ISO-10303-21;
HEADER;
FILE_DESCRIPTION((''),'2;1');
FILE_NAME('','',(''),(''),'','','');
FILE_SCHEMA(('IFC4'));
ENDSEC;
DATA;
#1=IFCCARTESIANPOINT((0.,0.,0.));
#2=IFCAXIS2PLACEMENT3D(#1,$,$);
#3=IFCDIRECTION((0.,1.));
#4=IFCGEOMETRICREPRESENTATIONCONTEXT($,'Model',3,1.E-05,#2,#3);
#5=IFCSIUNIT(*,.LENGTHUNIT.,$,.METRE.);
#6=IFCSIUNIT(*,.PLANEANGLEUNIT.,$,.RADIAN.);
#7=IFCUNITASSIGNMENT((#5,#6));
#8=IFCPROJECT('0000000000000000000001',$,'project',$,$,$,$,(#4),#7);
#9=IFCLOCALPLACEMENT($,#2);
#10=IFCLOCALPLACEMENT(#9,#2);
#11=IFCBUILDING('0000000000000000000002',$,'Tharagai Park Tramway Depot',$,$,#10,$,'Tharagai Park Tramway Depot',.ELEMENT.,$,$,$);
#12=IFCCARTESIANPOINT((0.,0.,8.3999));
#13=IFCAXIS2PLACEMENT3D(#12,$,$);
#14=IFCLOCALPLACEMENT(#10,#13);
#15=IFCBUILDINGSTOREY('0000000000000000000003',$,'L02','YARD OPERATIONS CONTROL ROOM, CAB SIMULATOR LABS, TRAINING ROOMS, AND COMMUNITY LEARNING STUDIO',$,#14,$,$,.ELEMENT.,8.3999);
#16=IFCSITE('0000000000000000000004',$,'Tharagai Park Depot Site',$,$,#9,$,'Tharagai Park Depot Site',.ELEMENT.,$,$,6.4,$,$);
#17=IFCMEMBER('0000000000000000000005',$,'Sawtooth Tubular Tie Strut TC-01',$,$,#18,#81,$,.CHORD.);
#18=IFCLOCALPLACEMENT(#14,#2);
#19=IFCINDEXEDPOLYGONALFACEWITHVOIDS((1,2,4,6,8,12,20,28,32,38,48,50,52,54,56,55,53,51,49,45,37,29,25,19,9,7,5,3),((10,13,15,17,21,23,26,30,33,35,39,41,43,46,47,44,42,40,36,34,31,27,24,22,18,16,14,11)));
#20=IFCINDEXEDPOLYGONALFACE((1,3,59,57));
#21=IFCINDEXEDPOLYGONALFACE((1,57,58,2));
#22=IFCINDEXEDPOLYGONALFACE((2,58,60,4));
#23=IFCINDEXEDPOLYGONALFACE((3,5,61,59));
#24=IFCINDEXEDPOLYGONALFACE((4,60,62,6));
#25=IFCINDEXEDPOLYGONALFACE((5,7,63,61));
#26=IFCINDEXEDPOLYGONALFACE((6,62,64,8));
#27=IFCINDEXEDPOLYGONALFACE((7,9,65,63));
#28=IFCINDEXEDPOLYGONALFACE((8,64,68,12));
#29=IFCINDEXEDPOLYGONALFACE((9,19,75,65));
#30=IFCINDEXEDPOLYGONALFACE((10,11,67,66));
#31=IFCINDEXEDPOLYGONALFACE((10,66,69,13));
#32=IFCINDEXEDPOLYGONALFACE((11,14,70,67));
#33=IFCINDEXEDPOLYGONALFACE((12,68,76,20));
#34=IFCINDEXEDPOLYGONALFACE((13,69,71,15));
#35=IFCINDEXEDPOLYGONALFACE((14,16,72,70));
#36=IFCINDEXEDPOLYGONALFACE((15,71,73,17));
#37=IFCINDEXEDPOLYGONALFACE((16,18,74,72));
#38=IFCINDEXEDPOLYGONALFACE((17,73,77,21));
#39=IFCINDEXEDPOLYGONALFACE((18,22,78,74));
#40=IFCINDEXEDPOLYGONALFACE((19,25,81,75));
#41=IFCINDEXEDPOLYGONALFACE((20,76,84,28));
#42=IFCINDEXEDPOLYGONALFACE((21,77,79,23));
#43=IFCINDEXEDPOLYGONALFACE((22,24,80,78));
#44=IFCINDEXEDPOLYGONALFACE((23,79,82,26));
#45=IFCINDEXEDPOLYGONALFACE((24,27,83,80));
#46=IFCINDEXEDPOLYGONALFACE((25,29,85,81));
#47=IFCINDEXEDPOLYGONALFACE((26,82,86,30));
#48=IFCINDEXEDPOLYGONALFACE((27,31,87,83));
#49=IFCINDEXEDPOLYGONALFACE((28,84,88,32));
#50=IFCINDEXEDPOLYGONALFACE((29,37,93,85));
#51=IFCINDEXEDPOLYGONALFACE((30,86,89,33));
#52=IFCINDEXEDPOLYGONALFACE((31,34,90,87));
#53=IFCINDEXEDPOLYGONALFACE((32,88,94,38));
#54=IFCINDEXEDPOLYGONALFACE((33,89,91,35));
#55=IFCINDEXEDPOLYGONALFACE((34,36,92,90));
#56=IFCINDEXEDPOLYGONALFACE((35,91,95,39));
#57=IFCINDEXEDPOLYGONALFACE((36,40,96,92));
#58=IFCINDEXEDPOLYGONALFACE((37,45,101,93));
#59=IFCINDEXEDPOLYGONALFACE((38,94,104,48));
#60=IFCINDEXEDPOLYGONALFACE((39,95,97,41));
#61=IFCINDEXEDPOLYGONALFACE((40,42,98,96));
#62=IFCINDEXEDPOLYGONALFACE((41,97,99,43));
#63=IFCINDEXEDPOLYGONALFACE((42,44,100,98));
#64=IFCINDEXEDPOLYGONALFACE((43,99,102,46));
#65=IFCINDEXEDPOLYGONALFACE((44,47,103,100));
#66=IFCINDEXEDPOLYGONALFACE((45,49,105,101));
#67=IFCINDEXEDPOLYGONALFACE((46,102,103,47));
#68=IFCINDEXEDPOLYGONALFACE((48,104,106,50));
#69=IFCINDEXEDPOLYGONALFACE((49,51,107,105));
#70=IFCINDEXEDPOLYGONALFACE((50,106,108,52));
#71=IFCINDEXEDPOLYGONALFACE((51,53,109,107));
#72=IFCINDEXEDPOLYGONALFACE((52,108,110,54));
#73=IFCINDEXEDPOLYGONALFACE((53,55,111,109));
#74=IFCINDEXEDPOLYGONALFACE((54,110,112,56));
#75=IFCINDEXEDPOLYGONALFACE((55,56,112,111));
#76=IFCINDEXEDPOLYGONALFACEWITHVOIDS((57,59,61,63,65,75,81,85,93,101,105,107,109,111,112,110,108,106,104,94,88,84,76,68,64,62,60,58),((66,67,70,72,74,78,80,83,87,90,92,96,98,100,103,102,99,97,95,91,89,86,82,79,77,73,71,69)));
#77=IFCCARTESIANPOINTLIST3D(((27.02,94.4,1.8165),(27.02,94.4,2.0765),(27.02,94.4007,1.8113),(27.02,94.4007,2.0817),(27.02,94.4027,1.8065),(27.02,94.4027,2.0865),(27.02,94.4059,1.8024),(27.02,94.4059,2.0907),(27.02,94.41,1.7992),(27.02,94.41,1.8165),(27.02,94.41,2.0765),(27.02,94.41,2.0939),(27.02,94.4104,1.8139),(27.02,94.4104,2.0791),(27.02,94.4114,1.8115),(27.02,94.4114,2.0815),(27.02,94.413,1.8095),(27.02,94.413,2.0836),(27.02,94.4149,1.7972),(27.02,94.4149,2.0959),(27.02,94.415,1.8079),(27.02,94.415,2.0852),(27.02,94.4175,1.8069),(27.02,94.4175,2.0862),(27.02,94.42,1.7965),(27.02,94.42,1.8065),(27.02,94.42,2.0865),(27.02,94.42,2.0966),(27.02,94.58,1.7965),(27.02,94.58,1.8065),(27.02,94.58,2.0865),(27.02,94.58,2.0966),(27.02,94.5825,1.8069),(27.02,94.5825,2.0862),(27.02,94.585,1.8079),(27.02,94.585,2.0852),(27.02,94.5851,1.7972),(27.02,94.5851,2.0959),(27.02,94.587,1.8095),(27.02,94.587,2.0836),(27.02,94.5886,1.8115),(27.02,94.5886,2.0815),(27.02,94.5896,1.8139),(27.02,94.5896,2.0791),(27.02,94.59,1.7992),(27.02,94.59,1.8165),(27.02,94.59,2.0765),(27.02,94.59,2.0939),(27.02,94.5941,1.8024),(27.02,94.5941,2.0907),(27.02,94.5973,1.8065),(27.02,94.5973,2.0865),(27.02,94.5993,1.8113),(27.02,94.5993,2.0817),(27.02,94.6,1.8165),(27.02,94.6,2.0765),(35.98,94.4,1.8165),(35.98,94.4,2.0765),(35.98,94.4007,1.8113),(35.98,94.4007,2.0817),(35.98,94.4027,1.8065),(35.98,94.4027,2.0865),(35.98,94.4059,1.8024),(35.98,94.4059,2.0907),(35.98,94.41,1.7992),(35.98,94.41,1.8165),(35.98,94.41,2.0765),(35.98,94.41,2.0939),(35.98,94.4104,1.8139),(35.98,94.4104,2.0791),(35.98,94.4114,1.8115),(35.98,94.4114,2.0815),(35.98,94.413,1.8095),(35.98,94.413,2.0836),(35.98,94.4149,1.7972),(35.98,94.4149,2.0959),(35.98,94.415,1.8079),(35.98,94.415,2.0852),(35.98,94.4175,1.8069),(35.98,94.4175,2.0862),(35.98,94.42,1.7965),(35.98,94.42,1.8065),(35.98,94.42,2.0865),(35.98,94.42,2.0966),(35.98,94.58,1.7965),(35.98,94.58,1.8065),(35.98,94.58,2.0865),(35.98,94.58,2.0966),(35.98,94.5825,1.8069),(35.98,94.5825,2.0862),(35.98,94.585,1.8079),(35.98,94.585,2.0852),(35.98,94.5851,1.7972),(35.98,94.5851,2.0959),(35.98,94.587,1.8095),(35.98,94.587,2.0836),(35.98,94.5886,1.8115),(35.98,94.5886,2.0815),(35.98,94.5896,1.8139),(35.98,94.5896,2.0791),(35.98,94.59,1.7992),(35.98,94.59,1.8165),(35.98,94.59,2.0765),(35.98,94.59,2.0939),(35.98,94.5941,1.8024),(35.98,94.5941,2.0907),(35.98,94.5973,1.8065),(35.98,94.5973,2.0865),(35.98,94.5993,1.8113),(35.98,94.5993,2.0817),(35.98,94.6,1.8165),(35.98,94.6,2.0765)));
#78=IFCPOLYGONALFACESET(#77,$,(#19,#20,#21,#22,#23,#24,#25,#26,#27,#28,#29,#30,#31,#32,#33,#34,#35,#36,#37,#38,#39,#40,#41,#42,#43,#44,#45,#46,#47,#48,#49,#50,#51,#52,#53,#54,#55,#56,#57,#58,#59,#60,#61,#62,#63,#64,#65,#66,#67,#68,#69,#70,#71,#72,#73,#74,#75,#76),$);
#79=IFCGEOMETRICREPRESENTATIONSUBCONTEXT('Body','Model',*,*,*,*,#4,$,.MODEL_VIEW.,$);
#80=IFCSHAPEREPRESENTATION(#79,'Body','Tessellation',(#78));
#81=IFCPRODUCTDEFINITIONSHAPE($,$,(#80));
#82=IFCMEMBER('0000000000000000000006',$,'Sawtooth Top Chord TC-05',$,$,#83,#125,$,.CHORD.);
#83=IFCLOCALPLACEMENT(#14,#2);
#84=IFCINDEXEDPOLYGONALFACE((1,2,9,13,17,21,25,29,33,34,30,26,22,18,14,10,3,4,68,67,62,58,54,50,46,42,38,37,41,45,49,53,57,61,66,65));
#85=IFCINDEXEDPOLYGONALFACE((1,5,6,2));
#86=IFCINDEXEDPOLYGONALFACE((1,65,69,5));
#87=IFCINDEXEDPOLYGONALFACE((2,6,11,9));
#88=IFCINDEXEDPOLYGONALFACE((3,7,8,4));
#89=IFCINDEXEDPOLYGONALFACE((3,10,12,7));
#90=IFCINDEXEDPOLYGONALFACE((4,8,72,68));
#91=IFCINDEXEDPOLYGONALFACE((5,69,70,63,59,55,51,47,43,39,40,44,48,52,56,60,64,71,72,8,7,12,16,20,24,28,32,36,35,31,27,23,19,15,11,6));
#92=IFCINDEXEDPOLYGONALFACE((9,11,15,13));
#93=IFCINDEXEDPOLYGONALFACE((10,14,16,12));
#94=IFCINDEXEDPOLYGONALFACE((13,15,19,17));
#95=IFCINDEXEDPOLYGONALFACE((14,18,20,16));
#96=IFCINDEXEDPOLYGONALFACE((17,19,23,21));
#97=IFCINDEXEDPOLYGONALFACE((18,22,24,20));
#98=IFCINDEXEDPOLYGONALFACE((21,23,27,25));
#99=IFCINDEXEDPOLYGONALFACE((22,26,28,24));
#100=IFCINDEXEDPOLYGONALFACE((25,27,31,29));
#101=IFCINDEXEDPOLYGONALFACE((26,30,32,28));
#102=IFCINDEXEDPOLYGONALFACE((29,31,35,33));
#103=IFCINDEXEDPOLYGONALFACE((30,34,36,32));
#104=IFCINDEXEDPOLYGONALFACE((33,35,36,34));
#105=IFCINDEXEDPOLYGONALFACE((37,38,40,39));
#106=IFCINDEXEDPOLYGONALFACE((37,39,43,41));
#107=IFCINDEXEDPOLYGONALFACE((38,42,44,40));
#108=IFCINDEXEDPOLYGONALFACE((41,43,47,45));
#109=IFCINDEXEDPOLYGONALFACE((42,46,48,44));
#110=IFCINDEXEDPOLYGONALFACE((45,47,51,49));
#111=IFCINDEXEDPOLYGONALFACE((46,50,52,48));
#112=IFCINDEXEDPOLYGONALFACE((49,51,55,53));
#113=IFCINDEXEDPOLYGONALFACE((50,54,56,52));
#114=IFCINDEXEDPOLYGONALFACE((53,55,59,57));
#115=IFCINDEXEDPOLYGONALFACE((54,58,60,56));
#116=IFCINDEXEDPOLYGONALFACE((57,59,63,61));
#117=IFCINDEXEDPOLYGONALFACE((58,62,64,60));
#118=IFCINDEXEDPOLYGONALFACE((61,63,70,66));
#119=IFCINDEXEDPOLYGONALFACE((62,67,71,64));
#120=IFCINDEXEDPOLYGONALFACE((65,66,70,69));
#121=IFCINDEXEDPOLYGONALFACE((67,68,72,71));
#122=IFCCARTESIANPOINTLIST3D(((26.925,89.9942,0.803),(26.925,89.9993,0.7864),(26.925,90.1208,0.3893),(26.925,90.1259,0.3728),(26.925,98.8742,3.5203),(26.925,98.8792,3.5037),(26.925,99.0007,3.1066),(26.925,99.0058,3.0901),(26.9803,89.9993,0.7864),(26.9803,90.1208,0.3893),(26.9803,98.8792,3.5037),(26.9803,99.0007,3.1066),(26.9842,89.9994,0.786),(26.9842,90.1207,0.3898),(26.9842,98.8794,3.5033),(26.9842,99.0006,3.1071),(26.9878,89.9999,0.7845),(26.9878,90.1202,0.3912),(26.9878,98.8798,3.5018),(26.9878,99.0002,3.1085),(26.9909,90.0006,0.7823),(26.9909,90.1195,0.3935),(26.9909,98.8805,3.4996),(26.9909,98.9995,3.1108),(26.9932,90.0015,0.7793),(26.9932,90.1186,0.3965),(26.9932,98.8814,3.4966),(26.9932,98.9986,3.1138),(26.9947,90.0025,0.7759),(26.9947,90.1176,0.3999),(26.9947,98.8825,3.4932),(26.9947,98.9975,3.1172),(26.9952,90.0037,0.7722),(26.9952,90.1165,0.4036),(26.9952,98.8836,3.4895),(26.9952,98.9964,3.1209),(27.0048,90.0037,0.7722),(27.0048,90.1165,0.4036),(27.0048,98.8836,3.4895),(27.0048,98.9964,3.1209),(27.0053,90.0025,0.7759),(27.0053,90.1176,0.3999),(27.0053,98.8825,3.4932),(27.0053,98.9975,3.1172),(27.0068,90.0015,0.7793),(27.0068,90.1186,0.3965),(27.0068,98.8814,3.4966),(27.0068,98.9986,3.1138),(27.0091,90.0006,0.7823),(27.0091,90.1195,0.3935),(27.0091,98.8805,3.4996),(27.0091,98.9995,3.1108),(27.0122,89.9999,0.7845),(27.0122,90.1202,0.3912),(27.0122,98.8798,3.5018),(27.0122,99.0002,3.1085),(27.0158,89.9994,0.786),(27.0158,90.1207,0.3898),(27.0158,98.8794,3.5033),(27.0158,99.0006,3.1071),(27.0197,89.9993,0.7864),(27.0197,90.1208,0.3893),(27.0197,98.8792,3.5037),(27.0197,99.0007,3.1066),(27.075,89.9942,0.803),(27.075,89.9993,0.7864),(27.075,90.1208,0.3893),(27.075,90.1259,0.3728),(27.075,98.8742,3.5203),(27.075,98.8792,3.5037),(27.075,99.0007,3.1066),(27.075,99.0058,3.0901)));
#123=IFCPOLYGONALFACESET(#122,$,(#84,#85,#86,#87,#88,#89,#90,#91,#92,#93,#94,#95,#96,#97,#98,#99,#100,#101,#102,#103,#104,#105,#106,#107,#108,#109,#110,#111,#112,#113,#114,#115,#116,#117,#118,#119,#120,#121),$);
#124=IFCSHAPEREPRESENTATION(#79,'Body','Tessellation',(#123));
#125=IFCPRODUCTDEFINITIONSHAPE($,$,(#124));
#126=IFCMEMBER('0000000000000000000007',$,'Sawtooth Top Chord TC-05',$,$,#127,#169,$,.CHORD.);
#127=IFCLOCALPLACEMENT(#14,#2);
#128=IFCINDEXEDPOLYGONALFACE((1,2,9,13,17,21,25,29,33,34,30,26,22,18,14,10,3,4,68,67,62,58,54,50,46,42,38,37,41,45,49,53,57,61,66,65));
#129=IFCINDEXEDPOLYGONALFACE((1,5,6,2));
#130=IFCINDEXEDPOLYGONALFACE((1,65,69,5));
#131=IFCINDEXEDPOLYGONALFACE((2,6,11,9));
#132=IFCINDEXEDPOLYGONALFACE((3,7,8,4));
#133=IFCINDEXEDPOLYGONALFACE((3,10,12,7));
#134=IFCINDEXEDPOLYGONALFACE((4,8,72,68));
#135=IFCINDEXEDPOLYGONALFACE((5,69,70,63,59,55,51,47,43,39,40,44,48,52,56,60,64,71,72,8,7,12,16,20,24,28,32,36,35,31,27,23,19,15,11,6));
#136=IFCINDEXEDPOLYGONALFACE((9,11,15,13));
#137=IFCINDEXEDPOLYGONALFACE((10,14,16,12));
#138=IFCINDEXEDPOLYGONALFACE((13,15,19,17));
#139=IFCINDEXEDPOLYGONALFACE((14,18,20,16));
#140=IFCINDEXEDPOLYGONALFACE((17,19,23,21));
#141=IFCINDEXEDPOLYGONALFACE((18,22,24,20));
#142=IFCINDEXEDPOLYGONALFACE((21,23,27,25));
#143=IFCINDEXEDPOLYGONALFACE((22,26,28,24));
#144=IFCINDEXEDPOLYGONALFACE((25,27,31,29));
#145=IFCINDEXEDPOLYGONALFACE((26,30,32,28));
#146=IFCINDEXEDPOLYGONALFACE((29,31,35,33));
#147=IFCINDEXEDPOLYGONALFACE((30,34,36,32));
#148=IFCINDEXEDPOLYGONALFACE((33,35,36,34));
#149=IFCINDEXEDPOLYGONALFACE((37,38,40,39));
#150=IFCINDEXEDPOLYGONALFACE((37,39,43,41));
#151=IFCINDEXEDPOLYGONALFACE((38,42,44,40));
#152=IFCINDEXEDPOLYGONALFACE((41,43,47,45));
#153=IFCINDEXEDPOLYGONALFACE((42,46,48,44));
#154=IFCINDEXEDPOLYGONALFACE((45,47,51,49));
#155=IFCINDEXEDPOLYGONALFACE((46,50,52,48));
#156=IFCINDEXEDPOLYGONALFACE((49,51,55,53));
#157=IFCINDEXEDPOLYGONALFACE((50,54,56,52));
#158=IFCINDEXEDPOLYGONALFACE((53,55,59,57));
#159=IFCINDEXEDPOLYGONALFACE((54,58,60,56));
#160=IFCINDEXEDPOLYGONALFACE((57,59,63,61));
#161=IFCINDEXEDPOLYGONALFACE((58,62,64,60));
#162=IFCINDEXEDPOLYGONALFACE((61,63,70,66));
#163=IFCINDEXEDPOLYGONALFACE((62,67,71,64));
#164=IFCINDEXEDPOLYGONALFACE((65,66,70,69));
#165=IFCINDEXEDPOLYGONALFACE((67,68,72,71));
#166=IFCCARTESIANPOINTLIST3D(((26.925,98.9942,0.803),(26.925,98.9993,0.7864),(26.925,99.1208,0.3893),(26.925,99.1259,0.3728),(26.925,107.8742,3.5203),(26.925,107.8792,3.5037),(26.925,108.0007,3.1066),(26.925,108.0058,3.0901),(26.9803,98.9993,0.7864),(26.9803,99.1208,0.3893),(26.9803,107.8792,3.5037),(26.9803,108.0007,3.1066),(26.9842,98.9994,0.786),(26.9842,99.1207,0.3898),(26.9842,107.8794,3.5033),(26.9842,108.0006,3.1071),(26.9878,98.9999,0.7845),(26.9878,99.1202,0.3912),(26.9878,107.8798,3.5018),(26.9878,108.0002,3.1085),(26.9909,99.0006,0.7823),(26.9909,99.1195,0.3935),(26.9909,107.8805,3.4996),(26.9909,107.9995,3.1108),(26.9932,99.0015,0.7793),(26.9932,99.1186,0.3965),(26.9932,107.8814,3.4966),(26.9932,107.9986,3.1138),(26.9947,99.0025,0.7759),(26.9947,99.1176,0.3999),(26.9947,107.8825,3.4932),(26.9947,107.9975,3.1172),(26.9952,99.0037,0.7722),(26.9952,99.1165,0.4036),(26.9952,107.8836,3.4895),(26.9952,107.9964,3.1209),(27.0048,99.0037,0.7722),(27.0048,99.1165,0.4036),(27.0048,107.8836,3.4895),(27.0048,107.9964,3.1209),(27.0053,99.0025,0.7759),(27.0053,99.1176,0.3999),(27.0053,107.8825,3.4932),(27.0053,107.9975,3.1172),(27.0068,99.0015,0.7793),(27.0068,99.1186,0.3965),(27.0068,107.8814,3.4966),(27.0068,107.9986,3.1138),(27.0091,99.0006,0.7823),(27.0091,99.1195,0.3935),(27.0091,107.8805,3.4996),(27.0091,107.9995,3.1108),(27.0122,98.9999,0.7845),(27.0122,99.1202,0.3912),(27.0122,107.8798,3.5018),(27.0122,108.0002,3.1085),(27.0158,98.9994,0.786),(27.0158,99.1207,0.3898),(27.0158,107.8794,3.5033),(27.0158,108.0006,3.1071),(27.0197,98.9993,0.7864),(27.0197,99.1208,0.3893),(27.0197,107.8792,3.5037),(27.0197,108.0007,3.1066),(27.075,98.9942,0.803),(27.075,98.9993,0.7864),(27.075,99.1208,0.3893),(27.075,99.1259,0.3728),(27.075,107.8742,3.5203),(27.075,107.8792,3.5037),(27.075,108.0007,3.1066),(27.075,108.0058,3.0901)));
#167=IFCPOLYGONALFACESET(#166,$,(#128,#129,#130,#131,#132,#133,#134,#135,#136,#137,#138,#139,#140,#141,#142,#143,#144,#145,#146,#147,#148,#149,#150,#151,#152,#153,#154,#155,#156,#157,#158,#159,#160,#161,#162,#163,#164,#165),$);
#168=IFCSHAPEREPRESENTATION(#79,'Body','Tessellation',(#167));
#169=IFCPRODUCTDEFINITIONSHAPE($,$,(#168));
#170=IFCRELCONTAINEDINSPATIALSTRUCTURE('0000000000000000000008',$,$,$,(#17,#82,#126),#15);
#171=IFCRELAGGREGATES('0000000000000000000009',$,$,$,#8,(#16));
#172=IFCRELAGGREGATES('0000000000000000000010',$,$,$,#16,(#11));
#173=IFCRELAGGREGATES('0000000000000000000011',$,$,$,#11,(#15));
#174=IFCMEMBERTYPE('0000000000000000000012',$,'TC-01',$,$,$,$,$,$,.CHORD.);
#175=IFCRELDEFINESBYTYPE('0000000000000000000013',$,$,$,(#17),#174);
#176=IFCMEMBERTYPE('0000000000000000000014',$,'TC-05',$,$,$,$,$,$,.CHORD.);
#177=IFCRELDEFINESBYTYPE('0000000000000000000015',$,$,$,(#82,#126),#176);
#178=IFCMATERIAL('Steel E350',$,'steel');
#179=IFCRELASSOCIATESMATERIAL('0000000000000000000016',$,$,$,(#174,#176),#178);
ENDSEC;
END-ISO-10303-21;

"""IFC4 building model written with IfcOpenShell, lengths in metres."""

from ifc_helpers import new_model, si_unit, direction, frame, origin, origin_2d, place, context, subcontext, project, spatial, hollow_rectangle, i_section, extrude, material, material_profile, profile_set, type_object, element, save


model = new_model("IFC4")

# Units and contexts
model_context = context("Model", 3, precision=1e-05, world=origin(), true_north=direction((0.0, 1.0)))
body_context = subcontext(model_context, "Body", "Model", "MODEL_VIEW")
ifc_project = project(units=[si_unit("LENGTHUNIT", "METRE"), si_unit("PLANEANGLEUNIT", "RADIAN")], contexts=[model_context])

# Site, building, storey
site_placement = place(None, origin())
site = spatial("IfcSite", under=ifc_project, at=site_placement, Name="Tharagai Park Depot Site", LongName="Tharagai Park Depot Site", CompositionType="ELEMENT", RefElevation=6.4)
building_placement = place(site_placement, origin())
building = spatial("IfcBuilding", under=site, at=building_placement, Name="Tharagai Park Tramway Depot", LongName="Tharagai Park Tramway Depot", CompositionType="ELEMENT")
storey_placement = place(building_placement, frame((0.0, 0.0, 8.3999)))
storey = spatial("IfcBuildingStorey", under=building, at=storey_placement, Name="L02", Description="YARD OPERATIONS CONTROL ROOM, CAB SIMULATOR LABS, TRAINING ROOMS, AND COMMUNITY LEARNING STUDIO", CompositionType="ELEMENT", Elevation=8.3999)

# Shared definitions
ifc_material_1 = material(Name="Steel E350", Category="steel")

# Members
ifc_material_profile_1 = material_profile(ifc_material_1, hollow_rectangle(XDim=0.2, YDim=0.3, WallThickness=0.01, InnerFilletRadius=0.01, OuterFilletRadius=0.02, at=origin_2d()), Name="RHS 300x200x10")
ifc_profile_set_1 = profile_set([ifc_material_profile_1], Name="Steel E350")
member_type_1 = type_object("IfcMemberType", Name="TC-01", PredefinedType="CHORD", material=ifc_profile_set_1)
member_1_placement = place(storey_placement, frame((27.02, 94.5, 1.9465), z_axis=(1.0, 0.0, 0.0), x_axis=(0.0, 1.0, 0.0)))
element("IfcMember", 1, at=member_1_placement, inside=storey, type_object=member_type_1, Name="Sawtooth Tubular Tie Strut TC-01", PredefinedType="CHORD", context=body_context, shape_type="SweptSolid", body=[
    extrude(hollow_rectangle(XDim=0.2, YDim=0.3, WallThickness=0.01, InnerFilletRadius=0.01, OuterFilletRadius=0.02, at=origin_2d()), origin(), (0.0, 0.0, 1.0), 8.96),
])
ifc_material_profile_2 = material_profile(ifc_material_1, i_section(OverallWidth=0.1499, OverallDepth=0.45, WebThickness=0.0095, FlangeThickness=0.0173, FilletRadius=0.0149, at=origin_2d()), Name="ISMB 450")
ifc_profile_set_2 = profile_set([ifc_material_profile_2], Name="Steel E350")
member_type_2 = type_object("IfcMemberType", Name="TC-05", PredefinedType="CHORD", material=ifc_profile_set_2)
for number, where, z_axis, x_axis, name in (
    (2, (27.0, 90.0601, 0.5879), (0.0, 0.956231, 0.292611), (-1.0, 0.0, 0.0), "Sawtooth Top Chord TC-05"),
    (3, (27.0, 99.0601, 0.5879), (0.0, 0.956231, 0.292611), (-1.0, 0.0, 0.0), "Sawtooth Top Chord TC-05"),
):
    element("IfcMember", number, at=place(storey_placement, frame(where, z_axis=z_axis, x_axis=x_axis)), inside=storey, type_object=member_type_2, Name=name, PredefinedType="CHORD", context=body_context, shape_type="SweptSolid", body=[
        extrude(i_section(OverallWidth=0.1499, OverallDepth=0.45, WebThickness=0.0095, FlangeThickness=0.0173, FilletRadius=0.0149, at=origin_2d()), origin(), (0.0, 0.0, 1.0), 9.2864),
    ])

save(model, "model.ifc")
